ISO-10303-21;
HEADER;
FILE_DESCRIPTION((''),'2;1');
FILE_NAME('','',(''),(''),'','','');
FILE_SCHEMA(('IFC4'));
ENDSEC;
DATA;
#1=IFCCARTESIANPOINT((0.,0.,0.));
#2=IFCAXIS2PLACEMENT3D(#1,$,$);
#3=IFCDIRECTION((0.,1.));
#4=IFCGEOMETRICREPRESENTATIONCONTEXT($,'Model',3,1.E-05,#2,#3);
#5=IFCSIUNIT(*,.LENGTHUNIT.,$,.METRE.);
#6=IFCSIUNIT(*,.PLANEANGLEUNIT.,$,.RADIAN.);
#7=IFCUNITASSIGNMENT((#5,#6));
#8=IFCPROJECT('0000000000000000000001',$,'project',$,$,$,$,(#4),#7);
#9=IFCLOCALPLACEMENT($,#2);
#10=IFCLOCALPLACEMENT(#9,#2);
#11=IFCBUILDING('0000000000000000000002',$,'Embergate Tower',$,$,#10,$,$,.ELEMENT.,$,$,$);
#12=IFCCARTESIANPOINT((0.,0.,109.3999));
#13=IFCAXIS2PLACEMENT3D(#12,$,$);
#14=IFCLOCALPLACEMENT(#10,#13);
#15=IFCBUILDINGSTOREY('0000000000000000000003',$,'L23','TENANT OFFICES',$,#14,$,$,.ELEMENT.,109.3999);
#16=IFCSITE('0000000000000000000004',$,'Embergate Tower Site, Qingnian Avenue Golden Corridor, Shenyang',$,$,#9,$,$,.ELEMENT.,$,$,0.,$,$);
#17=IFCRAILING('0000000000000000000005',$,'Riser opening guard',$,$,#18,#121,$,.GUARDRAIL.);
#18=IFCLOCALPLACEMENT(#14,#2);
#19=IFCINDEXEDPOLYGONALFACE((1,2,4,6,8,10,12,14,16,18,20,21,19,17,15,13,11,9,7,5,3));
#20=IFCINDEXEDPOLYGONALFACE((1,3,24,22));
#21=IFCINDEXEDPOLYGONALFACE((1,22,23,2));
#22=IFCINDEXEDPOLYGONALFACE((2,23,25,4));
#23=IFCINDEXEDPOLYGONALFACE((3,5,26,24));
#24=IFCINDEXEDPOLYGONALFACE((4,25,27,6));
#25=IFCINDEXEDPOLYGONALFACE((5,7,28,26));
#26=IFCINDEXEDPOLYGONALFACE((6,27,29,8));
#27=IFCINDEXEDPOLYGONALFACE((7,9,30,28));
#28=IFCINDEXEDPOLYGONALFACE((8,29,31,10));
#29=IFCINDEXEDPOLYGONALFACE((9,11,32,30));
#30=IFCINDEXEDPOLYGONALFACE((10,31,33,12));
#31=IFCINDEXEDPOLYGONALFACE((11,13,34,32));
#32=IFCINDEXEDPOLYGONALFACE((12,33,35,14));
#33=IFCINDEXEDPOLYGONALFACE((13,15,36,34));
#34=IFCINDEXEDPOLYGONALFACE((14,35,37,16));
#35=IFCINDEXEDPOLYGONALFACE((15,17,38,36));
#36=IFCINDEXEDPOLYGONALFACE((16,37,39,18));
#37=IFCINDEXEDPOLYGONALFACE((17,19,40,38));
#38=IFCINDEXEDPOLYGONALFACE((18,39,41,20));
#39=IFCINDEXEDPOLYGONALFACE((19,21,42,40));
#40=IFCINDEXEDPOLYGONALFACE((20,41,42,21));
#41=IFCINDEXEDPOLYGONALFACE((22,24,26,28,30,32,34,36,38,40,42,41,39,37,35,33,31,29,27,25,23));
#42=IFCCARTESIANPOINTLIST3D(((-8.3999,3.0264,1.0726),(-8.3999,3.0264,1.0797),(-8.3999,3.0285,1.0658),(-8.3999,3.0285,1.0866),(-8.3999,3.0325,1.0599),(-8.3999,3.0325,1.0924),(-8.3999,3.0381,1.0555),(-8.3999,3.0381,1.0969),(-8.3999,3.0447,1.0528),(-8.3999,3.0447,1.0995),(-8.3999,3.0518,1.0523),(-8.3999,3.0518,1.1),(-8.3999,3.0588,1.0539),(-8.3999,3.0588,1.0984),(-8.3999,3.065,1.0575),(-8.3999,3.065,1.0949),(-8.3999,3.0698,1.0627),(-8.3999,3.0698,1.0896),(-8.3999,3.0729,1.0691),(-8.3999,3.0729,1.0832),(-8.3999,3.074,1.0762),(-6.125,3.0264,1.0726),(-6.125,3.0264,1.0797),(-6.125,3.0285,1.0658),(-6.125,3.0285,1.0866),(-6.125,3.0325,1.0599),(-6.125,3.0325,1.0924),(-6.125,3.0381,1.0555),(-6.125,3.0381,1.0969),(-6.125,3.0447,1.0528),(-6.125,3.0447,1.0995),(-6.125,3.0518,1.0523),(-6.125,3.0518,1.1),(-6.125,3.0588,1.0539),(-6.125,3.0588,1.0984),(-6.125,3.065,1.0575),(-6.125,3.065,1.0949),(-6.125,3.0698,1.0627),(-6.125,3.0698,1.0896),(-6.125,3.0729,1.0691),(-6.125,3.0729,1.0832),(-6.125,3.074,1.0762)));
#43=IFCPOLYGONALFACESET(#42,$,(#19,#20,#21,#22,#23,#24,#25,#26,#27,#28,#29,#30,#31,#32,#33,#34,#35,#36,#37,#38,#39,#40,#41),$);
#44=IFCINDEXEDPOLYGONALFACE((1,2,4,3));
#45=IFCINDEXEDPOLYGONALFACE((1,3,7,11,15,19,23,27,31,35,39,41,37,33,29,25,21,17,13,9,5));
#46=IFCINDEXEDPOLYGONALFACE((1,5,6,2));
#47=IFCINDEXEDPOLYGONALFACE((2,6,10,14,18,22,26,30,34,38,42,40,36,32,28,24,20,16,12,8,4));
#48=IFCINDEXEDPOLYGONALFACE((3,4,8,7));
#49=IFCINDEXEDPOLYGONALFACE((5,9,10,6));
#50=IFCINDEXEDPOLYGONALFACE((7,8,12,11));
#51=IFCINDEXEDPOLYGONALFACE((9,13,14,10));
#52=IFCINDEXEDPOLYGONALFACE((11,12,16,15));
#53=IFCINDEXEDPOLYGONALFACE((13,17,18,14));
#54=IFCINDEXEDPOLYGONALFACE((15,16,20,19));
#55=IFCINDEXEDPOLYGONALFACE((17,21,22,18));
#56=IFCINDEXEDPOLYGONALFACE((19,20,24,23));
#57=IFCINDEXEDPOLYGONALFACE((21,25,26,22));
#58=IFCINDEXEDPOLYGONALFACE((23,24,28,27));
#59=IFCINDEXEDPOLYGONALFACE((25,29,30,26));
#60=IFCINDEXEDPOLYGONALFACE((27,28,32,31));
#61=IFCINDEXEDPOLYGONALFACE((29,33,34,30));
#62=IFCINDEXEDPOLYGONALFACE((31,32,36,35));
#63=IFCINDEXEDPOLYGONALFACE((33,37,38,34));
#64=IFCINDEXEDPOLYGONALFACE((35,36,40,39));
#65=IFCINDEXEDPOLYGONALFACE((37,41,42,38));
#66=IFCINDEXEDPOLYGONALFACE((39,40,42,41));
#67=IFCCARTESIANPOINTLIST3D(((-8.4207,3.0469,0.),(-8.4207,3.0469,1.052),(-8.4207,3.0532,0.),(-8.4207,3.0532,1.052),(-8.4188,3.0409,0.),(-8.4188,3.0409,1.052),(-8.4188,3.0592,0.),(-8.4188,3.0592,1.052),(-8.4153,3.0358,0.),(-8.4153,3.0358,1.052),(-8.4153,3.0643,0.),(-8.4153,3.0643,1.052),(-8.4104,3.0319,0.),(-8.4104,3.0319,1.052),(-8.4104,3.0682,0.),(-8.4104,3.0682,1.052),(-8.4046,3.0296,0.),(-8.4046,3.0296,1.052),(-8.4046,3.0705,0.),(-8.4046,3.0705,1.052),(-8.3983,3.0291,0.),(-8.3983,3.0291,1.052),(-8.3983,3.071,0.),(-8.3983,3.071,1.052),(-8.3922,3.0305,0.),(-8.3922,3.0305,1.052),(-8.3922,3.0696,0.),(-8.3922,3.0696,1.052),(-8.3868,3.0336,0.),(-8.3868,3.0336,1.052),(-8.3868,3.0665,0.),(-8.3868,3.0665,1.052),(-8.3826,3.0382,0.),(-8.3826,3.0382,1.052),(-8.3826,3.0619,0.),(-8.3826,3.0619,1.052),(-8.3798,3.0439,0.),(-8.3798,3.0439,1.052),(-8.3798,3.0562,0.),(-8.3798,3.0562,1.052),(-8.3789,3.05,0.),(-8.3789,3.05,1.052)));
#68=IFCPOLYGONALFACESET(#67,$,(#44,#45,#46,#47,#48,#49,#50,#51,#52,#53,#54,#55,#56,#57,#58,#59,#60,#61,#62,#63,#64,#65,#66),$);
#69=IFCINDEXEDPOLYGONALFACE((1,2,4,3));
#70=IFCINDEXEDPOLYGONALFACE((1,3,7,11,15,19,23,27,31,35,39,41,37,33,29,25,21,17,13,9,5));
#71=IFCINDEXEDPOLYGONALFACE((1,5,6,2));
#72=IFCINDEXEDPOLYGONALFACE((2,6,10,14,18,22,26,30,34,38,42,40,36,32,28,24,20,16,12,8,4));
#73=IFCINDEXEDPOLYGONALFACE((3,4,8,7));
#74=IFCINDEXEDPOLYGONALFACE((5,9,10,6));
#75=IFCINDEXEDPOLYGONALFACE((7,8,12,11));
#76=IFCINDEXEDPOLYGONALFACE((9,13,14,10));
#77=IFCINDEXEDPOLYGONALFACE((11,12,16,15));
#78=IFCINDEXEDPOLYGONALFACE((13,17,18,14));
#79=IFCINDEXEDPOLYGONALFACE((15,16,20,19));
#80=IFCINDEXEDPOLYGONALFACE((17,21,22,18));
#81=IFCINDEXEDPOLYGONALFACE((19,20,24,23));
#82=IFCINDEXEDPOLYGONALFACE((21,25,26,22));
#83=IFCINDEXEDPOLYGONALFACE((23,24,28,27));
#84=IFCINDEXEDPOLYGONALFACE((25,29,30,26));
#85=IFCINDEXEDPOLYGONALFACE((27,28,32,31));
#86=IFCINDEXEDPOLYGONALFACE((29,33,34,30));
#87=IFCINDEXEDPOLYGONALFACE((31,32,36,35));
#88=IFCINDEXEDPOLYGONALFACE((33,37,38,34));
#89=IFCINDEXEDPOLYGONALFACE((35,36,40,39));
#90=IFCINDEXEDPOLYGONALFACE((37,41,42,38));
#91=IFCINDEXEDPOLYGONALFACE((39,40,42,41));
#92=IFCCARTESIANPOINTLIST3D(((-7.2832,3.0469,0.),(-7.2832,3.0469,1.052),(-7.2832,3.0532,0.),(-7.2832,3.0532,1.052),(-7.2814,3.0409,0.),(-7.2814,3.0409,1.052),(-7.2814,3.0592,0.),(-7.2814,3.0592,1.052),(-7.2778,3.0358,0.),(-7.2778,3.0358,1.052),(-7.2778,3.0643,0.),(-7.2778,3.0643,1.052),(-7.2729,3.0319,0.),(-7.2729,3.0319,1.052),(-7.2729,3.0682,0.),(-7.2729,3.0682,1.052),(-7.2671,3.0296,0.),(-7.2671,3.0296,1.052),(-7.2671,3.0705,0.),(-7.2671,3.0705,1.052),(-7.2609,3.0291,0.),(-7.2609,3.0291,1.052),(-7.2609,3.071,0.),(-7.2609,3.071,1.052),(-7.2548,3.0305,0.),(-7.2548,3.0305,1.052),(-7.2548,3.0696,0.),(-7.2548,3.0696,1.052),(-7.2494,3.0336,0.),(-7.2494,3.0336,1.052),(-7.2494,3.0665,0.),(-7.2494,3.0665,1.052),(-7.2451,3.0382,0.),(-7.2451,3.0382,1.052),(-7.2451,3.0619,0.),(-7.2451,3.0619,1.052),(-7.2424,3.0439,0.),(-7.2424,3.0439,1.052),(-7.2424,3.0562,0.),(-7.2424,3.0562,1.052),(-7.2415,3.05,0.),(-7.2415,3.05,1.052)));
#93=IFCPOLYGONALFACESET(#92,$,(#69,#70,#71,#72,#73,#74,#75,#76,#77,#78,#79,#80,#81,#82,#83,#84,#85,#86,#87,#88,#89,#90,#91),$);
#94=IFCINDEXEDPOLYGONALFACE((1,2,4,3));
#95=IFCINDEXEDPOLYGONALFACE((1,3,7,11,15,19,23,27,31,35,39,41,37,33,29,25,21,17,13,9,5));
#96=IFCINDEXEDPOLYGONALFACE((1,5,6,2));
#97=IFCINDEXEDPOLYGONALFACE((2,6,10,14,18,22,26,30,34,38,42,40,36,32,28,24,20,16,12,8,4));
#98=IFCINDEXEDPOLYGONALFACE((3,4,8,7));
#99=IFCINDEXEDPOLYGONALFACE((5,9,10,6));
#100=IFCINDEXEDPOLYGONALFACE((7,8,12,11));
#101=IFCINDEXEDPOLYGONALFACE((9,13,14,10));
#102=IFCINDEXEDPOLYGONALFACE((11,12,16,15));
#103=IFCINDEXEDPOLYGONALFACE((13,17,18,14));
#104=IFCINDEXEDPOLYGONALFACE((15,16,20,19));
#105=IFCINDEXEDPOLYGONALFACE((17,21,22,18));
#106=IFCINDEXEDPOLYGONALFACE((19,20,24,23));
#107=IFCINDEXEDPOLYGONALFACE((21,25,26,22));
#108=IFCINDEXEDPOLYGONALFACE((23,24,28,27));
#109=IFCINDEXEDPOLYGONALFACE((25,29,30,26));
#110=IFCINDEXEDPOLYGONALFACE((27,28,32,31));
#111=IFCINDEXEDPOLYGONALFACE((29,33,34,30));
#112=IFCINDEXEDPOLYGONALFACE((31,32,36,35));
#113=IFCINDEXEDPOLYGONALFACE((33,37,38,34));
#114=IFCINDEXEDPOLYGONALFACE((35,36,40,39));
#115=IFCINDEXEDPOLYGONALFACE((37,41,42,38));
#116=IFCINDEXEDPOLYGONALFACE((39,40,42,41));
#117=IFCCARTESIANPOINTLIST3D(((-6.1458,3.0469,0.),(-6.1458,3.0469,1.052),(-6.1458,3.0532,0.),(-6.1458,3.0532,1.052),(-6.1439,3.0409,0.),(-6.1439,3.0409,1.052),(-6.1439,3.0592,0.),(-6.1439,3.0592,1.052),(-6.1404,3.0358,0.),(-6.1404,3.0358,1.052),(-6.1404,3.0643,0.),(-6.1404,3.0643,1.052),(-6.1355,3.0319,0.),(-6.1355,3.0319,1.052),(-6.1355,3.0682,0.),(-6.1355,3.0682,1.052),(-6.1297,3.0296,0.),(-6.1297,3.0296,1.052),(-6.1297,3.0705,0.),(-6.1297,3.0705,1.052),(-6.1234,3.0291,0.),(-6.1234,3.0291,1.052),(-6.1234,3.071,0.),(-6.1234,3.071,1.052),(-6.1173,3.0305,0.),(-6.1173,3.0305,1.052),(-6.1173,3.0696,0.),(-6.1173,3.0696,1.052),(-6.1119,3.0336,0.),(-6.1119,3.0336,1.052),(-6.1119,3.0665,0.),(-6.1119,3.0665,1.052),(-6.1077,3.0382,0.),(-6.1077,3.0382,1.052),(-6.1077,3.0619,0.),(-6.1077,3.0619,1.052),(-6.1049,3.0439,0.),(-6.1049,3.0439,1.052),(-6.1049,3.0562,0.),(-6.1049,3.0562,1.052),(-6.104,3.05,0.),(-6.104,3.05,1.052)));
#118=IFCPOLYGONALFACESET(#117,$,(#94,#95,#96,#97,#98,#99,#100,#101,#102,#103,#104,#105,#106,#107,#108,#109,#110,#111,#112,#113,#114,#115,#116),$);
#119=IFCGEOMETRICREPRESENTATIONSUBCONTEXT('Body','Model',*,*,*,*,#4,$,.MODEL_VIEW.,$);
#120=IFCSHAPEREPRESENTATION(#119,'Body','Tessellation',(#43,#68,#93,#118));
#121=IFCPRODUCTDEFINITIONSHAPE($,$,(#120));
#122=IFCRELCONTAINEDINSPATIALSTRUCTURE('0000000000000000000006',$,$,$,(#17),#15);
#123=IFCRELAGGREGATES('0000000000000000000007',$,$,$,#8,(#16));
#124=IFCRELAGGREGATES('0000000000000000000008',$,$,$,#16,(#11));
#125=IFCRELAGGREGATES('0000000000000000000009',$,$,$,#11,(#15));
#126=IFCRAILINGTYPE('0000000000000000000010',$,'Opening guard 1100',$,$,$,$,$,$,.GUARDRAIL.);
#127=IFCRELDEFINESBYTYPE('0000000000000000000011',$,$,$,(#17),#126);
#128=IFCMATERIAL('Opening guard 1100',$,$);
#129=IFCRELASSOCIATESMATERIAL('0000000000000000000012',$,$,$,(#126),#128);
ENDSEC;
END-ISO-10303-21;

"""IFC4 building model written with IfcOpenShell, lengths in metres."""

from ifc_helpers import new_model, si_unit, direction, frame, origin, origin_2d, place, context, subcontext, project, spatial, circle, extrude, source, transform, mapped, material, type_object, element, save


model = new_model("IFC4")

# Units and contexts
model_context = context("Model", 3, precision=1e-05, world=origin(), true_north=direction((0.0, 1.0)))
body_context = subcontext(model_context, "Body", "Model", "MODEL_VIEW")
ifc_project = project(units=[si_unit("LENGTHUNIT", "METRE"), si_unit("PLANEANGLEUNIT", "RADIAN")], contexts=[model_context])

# Site, building, storey
site_placement = place(None, origin())
site = spatial("IfcSite", under=ifc_project, at=site_placement, Name="Embergate Tower Site, Qingnian Avenue Golden Corridor, Shenyang", CompositionType="ELEMENT", RefElevation=0.0)
building_placement = place(site_placement, origin())
building = spatial("IfcBuilding", under=site, at=building_placement, Name="Embergate Tower", CompositionType="ELEMENT")
storey_placement = place(building_placement, frame((0.0, 0.0, 109.3999)))
storey = spatial("IfcBuildingStorey", under=building, at=storey_placement, Name="L23", Description="TENANT OFFICES", CompositionType="ELEMENT", Elevation=109.3999)

# Railing
ifc_material_1 = material(Name="Opening guard 1100")
railing_type = type_object("IfcRailingType", Name="Opening guard 1100", PredefinedType="GUARDRAIL", material=ifc_material_1)
shared_shape_1 = source(origin(), body_context, "Body", "SweptSolid", [
    extrude(circle(Radius=0.0239, at=origin_2d()), frame((0.0, 0.0, 1.0762), z_axis=(1.0, 0.0, 0.0), x_axis=(0.0, 1.0, 0.0)), (0.0, 0.0, 1.0), 2.2749),
    extrude(circle(Radius=0.021, at=origin_2d()), origin(), (0.0, 0.0, 1.0), 1.052),
    extrude(circle(Radius=0.021, at=origin_2d()), frame((1.1375, 0.0, 0.0)), (0.0, 0.0, 1.0), 1.052),
    extrude(circle(Radius=0.021, at=origin_2d()), frame((2.2749, 0.0, 0.0)), (0.0, 0.0, 1.0), 1.052),
])
railing_placement = place(storey_placement, frame((-8.3999, 3.05, 0.0)))
element("IfcRailing", 1, at=railing_placement, inside=storey, type_object=railing_type, Name="Riser opening guard", PredefinedType="GUARDRAIL", context=body_context, shape_type="MappedRepresentation", body=[
    mapped(shared_shape_1, transform((0.0, 0.0, 0.0))),
])

save(model, "model.ifc")
